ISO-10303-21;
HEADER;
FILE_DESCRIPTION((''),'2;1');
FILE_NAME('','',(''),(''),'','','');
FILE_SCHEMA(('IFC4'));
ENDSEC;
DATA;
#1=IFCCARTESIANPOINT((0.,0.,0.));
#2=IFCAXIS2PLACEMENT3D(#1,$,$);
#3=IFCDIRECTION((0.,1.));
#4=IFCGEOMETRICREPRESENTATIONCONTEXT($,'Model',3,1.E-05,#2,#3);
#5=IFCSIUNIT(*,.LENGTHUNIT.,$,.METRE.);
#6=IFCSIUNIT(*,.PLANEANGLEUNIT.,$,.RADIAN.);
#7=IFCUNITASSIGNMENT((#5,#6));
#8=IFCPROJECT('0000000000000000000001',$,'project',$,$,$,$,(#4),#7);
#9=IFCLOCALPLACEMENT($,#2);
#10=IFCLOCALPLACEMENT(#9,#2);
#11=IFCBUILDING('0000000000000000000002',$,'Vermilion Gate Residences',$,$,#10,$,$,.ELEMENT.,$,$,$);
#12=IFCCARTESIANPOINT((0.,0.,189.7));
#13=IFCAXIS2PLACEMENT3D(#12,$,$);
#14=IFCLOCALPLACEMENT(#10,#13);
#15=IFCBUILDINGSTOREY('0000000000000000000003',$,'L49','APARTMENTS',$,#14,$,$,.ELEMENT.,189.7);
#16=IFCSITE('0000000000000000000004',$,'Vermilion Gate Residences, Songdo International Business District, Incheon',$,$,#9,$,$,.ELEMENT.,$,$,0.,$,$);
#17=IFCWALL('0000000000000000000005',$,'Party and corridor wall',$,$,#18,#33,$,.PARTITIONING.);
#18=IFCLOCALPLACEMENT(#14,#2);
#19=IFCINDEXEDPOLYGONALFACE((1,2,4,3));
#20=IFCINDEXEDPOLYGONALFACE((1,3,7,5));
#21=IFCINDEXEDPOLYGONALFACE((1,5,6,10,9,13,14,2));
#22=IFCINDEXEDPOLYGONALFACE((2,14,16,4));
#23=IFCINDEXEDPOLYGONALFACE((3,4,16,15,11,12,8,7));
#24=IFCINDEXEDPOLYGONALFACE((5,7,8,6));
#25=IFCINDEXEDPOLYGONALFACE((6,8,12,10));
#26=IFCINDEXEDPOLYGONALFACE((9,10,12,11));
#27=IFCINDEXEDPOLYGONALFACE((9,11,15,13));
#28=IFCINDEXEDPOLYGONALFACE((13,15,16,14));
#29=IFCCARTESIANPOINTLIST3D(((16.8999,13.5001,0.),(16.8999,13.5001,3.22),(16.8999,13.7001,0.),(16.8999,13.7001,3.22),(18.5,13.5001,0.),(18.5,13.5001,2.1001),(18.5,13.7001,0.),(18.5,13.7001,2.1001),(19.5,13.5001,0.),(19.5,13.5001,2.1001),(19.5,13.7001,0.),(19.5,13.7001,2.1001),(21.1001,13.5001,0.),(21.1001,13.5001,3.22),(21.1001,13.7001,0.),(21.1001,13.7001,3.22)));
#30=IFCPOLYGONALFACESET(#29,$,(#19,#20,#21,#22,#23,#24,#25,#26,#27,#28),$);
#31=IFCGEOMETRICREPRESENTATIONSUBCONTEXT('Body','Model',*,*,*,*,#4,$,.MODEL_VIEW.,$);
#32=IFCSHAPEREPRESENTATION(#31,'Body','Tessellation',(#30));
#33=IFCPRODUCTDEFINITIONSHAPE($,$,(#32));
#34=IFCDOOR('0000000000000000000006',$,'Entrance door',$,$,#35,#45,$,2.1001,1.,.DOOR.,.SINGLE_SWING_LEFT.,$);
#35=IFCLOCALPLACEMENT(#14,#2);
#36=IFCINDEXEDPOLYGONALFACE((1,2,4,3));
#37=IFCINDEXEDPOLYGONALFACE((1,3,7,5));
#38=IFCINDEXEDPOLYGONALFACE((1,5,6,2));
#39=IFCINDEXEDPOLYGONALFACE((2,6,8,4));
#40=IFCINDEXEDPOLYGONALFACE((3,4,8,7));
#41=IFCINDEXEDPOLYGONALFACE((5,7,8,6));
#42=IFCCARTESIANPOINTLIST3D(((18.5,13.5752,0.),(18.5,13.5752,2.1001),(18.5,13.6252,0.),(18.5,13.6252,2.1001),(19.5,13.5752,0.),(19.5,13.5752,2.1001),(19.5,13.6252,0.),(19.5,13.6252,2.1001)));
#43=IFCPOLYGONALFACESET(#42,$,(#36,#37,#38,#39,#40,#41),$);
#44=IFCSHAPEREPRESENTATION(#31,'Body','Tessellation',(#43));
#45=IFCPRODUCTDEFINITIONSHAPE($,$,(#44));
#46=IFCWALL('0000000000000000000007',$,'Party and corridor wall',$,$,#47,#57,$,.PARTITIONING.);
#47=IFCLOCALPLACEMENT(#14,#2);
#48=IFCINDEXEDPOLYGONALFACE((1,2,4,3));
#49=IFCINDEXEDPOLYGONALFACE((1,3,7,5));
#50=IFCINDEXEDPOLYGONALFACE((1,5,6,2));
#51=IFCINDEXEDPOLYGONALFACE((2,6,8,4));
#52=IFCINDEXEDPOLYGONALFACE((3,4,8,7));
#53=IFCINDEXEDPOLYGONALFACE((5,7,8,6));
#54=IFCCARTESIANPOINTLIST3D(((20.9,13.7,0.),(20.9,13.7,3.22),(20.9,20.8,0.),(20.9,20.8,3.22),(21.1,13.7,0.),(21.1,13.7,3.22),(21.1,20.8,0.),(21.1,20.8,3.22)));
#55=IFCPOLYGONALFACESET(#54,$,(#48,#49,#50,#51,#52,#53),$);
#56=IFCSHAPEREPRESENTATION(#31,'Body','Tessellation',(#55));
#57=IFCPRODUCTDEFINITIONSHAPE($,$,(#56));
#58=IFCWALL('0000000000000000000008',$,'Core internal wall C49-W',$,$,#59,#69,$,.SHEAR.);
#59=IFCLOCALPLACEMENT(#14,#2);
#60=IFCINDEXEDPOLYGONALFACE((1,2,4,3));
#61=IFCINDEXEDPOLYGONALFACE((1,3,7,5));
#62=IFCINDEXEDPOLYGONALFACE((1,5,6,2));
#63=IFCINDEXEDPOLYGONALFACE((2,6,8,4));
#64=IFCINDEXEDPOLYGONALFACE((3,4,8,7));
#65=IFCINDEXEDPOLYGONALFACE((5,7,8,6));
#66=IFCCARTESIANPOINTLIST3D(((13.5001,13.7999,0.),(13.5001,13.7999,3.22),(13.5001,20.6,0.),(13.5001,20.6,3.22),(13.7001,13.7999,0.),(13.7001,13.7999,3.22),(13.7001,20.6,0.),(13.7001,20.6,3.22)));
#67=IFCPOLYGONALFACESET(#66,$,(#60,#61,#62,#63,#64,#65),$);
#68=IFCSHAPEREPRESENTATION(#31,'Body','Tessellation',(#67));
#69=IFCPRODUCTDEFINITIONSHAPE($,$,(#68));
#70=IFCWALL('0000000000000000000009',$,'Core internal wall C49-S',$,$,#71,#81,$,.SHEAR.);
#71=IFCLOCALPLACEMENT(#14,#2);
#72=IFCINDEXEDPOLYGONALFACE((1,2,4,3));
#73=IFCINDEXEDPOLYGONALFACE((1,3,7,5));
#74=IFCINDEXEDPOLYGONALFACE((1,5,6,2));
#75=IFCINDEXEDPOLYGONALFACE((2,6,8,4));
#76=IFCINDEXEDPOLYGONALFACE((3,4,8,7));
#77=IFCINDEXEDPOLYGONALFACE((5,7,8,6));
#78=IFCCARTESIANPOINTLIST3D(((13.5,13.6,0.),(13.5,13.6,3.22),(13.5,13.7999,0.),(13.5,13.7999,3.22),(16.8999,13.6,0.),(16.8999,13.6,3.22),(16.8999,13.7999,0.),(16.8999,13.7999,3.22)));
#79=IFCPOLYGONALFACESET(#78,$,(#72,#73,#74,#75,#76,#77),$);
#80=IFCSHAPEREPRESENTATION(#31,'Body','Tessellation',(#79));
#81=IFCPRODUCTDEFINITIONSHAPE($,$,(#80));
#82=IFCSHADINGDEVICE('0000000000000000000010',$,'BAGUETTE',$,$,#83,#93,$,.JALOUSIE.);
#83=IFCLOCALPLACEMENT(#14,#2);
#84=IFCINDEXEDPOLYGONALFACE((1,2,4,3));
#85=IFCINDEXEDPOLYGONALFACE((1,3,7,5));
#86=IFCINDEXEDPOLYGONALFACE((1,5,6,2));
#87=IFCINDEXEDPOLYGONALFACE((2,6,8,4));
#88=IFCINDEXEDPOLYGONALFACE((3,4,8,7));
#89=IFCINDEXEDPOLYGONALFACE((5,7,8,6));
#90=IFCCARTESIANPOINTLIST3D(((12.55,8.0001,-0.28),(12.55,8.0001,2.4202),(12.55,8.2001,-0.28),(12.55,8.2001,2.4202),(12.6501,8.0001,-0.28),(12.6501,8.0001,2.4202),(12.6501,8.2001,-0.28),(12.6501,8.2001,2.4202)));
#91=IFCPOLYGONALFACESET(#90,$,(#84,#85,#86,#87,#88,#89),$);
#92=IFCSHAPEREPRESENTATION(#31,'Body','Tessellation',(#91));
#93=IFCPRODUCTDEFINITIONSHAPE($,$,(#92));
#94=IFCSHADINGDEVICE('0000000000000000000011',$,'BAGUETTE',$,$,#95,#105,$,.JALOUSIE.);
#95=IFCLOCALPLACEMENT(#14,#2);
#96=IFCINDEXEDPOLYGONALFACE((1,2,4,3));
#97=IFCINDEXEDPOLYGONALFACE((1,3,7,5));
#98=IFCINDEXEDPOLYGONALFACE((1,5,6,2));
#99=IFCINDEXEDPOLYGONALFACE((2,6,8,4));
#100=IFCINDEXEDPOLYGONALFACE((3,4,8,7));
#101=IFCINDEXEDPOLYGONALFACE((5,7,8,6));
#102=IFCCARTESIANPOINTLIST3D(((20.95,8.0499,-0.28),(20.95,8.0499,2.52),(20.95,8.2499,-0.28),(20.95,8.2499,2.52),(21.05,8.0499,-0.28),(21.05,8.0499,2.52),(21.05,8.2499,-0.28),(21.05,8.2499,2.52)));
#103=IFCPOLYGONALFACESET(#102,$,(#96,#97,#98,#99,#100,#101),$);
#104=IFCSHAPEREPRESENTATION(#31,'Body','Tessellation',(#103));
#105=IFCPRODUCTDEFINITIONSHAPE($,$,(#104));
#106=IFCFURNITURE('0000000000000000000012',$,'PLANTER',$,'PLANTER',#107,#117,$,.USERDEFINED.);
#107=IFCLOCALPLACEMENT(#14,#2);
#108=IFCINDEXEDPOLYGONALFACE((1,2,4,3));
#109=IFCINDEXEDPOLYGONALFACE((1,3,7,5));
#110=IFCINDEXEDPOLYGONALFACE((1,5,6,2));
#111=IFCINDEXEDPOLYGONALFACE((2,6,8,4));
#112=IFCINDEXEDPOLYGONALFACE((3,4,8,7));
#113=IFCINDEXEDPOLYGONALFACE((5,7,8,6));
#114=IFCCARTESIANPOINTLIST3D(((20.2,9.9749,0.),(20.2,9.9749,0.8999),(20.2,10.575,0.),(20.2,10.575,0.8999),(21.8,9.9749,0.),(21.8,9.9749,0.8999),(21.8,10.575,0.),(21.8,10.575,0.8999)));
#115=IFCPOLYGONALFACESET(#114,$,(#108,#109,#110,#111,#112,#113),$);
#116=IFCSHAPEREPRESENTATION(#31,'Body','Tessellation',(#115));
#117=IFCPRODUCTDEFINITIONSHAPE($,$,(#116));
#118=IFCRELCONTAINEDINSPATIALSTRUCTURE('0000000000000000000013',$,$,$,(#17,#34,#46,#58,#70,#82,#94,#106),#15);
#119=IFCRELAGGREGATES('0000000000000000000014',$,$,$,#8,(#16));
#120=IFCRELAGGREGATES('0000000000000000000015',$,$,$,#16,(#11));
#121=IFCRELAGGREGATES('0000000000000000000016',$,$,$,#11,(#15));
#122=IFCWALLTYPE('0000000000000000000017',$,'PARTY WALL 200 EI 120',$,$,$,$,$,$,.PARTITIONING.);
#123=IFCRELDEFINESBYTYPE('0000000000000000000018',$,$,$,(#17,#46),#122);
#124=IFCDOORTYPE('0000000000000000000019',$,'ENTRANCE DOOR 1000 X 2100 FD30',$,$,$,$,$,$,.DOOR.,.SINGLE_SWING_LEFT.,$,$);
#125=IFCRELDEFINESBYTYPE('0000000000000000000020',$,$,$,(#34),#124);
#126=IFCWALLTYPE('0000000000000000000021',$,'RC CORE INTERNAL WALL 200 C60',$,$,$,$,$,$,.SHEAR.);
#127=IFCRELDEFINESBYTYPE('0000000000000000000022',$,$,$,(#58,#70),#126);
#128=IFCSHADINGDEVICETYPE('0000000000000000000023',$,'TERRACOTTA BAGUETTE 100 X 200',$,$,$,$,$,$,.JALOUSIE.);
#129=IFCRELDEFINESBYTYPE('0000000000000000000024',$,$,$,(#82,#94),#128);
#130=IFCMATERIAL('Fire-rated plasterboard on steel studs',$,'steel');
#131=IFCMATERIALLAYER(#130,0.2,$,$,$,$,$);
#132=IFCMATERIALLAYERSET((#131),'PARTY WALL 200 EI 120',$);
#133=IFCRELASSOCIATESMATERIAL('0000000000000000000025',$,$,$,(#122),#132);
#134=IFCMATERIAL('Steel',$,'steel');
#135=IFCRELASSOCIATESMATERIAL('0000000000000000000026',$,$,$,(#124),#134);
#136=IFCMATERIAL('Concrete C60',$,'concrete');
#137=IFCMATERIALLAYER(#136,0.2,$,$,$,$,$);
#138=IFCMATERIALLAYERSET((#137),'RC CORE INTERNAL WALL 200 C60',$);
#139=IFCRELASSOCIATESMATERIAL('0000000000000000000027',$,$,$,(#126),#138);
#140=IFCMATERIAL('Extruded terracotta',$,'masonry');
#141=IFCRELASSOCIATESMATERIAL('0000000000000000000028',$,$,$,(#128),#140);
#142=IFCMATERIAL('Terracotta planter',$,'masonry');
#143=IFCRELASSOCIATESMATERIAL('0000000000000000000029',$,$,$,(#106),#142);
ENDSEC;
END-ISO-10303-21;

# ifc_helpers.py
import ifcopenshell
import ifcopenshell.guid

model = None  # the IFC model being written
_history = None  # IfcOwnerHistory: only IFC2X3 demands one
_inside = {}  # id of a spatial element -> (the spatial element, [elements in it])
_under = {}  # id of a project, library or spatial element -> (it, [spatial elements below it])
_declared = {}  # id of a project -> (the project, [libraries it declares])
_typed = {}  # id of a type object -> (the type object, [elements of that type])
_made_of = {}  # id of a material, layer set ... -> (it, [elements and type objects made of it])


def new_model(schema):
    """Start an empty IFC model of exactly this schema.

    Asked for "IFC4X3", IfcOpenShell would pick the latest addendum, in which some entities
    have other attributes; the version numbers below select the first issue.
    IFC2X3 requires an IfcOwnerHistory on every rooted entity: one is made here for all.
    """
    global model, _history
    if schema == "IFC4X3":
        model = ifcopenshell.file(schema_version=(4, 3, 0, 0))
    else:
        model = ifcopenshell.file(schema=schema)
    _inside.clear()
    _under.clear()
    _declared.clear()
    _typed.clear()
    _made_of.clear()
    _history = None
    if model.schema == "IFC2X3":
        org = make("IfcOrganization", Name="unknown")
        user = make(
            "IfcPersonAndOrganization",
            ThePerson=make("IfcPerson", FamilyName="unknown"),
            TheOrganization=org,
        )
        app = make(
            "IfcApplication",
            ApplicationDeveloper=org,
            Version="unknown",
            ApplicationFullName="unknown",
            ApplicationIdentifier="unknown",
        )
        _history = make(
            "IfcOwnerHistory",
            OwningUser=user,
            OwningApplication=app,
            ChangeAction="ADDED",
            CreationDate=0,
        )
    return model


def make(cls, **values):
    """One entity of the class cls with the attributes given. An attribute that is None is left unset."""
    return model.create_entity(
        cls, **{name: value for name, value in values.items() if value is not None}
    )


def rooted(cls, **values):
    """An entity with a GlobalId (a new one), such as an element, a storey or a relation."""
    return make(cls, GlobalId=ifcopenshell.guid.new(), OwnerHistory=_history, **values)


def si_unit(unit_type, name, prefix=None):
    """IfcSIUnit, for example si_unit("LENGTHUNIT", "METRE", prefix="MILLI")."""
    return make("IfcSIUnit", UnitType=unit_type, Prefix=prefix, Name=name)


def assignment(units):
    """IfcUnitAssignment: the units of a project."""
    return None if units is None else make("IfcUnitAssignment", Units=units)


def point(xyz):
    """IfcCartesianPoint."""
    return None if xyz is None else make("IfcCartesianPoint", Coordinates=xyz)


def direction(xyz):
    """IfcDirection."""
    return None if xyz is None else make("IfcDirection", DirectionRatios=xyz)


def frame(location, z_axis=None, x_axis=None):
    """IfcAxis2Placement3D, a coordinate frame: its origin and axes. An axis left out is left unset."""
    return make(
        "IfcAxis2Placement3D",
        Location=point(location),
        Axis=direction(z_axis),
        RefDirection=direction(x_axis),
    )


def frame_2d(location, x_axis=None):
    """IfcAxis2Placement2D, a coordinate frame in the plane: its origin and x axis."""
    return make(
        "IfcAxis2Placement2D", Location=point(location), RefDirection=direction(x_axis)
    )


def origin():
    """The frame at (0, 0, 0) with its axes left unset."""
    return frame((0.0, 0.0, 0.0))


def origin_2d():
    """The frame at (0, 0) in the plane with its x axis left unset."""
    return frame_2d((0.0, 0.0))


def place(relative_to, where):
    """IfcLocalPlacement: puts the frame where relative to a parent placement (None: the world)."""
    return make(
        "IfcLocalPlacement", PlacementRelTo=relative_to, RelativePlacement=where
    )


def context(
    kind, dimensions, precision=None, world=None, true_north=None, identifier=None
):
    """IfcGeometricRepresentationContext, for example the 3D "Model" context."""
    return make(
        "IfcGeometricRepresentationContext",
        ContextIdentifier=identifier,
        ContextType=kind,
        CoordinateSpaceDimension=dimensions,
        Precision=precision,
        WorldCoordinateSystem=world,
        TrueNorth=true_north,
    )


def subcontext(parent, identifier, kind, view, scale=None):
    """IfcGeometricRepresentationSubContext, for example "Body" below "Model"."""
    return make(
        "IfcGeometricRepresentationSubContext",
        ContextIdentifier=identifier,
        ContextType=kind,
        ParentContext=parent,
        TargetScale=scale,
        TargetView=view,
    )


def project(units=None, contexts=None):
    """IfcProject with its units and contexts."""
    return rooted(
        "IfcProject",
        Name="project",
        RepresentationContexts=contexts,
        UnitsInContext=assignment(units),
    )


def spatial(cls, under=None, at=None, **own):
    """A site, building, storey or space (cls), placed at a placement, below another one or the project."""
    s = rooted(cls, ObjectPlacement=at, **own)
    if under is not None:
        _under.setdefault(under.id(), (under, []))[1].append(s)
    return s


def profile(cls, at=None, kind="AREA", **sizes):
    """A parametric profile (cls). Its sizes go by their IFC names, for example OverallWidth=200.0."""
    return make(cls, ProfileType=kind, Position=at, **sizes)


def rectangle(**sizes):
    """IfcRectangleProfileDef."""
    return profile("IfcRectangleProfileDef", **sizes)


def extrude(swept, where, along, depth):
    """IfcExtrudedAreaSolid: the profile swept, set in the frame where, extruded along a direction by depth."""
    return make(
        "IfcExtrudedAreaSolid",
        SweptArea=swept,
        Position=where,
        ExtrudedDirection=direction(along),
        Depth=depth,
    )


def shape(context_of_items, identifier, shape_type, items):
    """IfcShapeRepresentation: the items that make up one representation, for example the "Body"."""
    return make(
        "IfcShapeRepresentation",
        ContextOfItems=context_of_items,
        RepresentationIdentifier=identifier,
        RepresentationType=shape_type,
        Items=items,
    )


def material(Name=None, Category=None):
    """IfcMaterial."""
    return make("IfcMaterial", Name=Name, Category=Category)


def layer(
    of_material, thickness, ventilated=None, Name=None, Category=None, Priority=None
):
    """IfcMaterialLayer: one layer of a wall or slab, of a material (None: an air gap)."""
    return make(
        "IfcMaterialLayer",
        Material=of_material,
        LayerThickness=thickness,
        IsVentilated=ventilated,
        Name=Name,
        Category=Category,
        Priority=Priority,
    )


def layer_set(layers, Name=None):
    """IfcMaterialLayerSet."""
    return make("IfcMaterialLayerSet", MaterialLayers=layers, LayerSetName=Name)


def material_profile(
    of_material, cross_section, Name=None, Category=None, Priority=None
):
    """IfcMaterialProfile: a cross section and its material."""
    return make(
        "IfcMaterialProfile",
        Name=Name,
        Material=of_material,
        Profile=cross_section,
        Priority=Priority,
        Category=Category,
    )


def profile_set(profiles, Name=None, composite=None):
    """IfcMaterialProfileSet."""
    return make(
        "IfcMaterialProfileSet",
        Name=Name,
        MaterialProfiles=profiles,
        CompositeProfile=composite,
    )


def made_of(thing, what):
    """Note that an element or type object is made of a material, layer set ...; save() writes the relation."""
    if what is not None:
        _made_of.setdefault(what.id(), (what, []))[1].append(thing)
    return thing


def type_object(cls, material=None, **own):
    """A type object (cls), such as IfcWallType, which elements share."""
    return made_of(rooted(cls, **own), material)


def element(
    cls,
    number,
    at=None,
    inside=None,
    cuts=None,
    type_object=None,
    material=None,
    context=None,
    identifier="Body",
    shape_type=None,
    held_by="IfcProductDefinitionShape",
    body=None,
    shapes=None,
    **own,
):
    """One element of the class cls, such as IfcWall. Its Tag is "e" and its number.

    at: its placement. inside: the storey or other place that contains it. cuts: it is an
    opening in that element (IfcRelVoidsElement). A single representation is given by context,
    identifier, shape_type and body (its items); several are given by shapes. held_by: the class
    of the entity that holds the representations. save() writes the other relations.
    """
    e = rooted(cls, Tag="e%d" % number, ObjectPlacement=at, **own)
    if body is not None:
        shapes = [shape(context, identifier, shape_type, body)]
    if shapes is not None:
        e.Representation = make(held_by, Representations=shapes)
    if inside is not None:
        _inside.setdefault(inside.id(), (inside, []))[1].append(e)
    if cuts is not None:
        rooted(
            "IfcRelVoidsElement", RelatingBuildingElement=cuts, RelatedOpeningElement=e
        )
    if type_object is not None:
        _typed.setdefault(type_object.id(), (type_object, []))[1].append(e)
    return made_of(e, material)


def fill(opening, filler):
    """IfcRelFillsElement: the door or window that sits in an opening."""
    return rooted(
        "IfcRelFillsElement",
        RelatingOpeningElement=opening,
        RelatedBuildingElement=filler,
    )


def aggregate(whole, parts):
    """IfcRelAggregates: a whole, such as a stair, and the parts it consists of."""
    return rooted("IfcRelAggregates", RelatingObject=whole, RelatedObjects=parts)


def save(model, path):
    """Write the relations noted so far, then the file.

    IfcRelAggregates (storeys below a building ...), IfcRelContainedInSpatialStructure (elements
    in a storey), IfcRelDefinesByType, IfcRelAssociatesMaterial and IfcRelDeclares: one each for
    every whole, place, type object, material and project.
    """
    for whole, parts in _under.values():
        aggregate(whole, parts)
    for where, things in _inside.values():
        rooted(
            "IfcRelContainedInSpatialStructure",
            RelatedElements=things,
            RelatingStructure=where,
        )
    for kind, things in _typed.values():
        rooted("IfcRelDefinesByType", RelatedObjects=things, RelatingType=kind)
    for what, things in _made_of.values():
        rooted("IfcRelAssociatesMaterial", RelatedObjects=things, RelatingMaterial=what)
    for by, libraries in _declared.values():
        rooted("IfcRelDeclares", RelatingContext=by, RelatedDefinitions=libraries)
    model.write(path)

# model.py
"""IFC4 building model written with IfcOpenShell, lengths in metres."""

from ifc_helpers import new_model, si_unit, direction, frame, frame_2d, origin, origin_2d, place, context, subcontext, project, spatial, rectangle, extrude, material, layer, layer_set, material_profile, profile_set, type_object, element, fill, save


model = new_model("IFC4")

# Units and contexts
model_context = context("Model", 3, precision=1e-05, world=origin(), true_north=direction((0.0, 1.0)))
body_context = subcontext(model_context, "Body", "Model", "MODEL_VIEW")
ifc_project = project(units=[si_unit("LENGTHUNIT", "METRE"), si_unit("PLANEANGLEUNIT", "RADIAN")], contexts=[model_context])

# Site, building, storey
site_placement = place(None, origin())
site = spatial("IfcSite", under=ifc_project, at=site_placement, Name="Vermilion Gate Residences, Songdo International Business District, Incheon", CompositionType="ELEMENT", RefElevation=0.0)
building_placement = place(site_placement, origin())
building = spatial("IfcBuilding", under=site, at=building_placement, Name="Vermilion Gate Residences", CompositionType="ELEMENT")
storey_placement = place(building_placement, frame((0.0, 0.0, 189.7)))
storey = spatial("IfcBuildingStorey", under=building, at=storey_placement, Name="L49", Description="APARTMENTS", CompositionType="ELEMENT", Elevation=189.7)

# Wall, opening, door
ifc_material_1 = material(Name="Fire-rated plasterboard on steel studs", Category="steel")
ifc_layer_1 = layer(ifc_material_1, 0.2)
ifc_layer_set_1 = layer_set([ifc_layer_1], Name="PARTY WALL 200 EI 120")
wall_type_1 = type_object("IfcWallType", Name="PARTY WALL 200 EI 120", PredefinedType="PARTITIONING", material=ifc_layer_set_1)
wall_1_placement = place(storey_placement, frame((16.8999, 13.6001, 0.0), z_axis=(0.0, 0.0, 1.0), x_axis=(1.0, 0.0, 0.0)))
wall_1 = element("IfcWall", 1, at=wall_1_placement, inside=storey, type_object=wall_type_1, Name="Party and corridor wall", PredefinedType="PARTITIONING", context=body_context, shape_type="SweptSolid", body=[
    extrude(rectangle(XDim=4.2002, YDim=0.2, at=frame_2d((2.1001, 0.0))), origin(), (0.0, 0.0, 1.0), 3.22),
])
opening_1_placement = place(wall_1_placement, frame((1.6001, 0.0, 0.0)))
opening_1 = element("IfcOpeningElement", 2, at=opening_1_placement, cuts=wall_1, PredefinedType="OPENING", context=body_context, shape_type="SweptSolid", body=[
    extrude(rectangle(XDim=1.0, YDim=2.1001, at=frame_2d((0.5, 1.05))), frame((0.0, 0.1099, 0.0), z_axis=(0.0, -1.0, 0.0), x_axis=(1.0, 0.0, 0.0)), (0.0, 0.0, 1.0), 0.22),
])
ifc_material_2 = material(Name="Steel", Category="steel")
door_type_1 = type_object("IfcDoorType", Name="ENTRANCE DOOR 1000 X 2100 FD30", OperationType="SINGLE_SWING_LEFT", PredefinedType="DOOR", material=ifc_material_2)
door_1_placement = place(opening_1_placement, frame((1.0, 0.0, 0.0), z_axis=(0.0, 0.0, 1.0), x_axis=(-1.0, 0.0, 0.0)))
door_1 = element("IfcDoor", 3, at=door_1_placement, inside=storey, type_object=door_type_1, Name="Entrance door", OperationType="SINGLE_SWING_LEFT", OverallHeight=2.1001, OverallWidth=1.0, PredefinedType="DOOR", context=body_context, shape_type="SweptSolid", body=[
    extrude(rectangle(XDim=1.0, YDim=2.1001, at=frame_2d((0.5, 1.05))), frame((0.0, 0.0249, 0.0), z_axis=(0.0, -1.0, 0.0), x_axis=(1.0, 0.0, 0.0)), (0.0, 0.0, 1.0), 0.05),
])
fill(opening_1, door_1)

# Walls
wall_2_placement = place(storey_placement, frame((21.0, 13.7, 0.0), z_axis=(0.0, 0.0, 1.0), x_axis=(0.0, 1.0, 0.0)))
element("IfcWall", 4, at=wall_2_placement, inside=storey, type_object=wall_type_1, Name="Party and corridor wall", PredefinedType="PARTITIONING", context=body_context, shape_type="SweptSolid", body=[
    extrude(rectangle(XDim=7.1001, YDim=0.2, at=frame_2d((3.55, 0.0))), origin(), (0.0, 0.0, 1.0), 3.22),
])
ifc_material_3 = material(Name="Concrete C60", Category="concrete")
ifc_layer_2 = layer(ifc_material_3, 0.2)
ifc_layer_set_2 = layer_set([ifc_layer_2], Name="RC CORE INTERNAL WALL 200 C60")
wall_type_2 = type_object("IfcWallType", Name="RC CORE INTERNAL WALL 200 C60", PredefinedType="SHEAR", material=ifc_layer_set_2)
wall_3_placement = place(storey_placement, frame((13.6001, 13.8, 0.0), z_axis=(0.0, 0.0, 1.0), x_axis=(0.0, 1.0, 0.0)))
element("IfcWall", 5, at=wall_3_placement, inside=storey, type_object=wall_type_2, Name="Core internal wall C49-W", PredefinedType="SHEAR", context=body_context, shape_type="SweptSolid", body=[
    extrude(rectangle(XDim=6.8, YDim=0.2, at=frame_2d((3.3999, 0.0))), origin(), (0.0, 0.0, 1.0), 3.22),
])
wall_4_placement = place(storey_placement, frame((13.5, 13.7, 0.0), z_axis=(0.0, 0.0, 1.0), x_axis=(1.0, 0.0, 0.0)))
element("IfcWall", 6, at=wall_4_placement, inside=storey, type_object=wall_type_2, Name="Core internal wall C49-S", PredefinedType="SHEAR", context=body_context, shape_type="SweptSolid", body=[
    extrude(rectangle(XDim=3.3999, YDim=0.2, at=frame_2d((1.7, 0.0))), origin(), (0.0, 0.0, 1.0), 3.22),
])

# Shading devices
ifc_material_4 = material(Name="Extruded terracotta", Category="masonry")
ifc_material_profile_1 = material_profile(ifc_material_4, rectangle(XDim=0.2, YDim=0.1001, at=origin_2d()), Name="BAGUETTE 100 X 200")
ifc_profile_set_1 = profile_set([ifc_material_profile_1], Name="Extruded terracotta")
shading_device_type = type_object("IfcShadingDeviceType", Name="TERRACOTTA BAGUETTE 100 X 200", PredefinedType="JALOUSIE", material=ifc_profile_set_1)
shading_device_1_placement = place(storey_placement, frame((12.6001, 8.1001, -0.28), z_axis=(0.0, 0.0, 1.0), x_axis=(0.0, 1.0, 0.0)))
element("IfcShadingDevice", 7, at=shading_device_1_placement, inside=storey, type_object=shading_device_type, Name="BAGUETTE", PredefinedType="JALOUSIE", context=body_context, shape_type="SweptSolid", body=[
    extrude(rectangle(XDim=0.2, YDim=0.1001, at=origin_2d()), origin(), (0.0, 0.0, 1.0), 2.7002),
])
shading_device_2_placement = place(storey_placement, frame((21.0, 8.1499, -0.28), z_axis=(0.0, 0.0, 1.0), x_axis=(0.0, 1.0, 0.0)))
element("IfcShadingDevice", 8, at=shading_device_2_placement, inside=storey, type_object=shading_device_type, Name="BAGUETTE", PredefinedType="JALOUSIE", context=body_context, shape_type="SweptSolid", body=[
    extrude(rectangle(XDim=0.2, YDim=0.1001, at=origin_2d()), origin(), (0.0, 0.0, 1.0), 2.8),
])

# Furniture
ifc_material_5 = material(Name="Terracotta planter", Category="masonry")
furniture_placement = place(storey_placement, frame((21.0, 10.2749, 0.0), z_axis=(0.0, 0.0, 1.0), x_axis=(1.0, 0.0, 0.0)))
element("IfcFurniture", 9, at=furniture_placement, inside=storey, material=ifc_material_5, Name="PLANTER", ObjectType="PLANTER", PredefinedType="USERDEFINED", context=body_context, shape_type="SweptSolid", body=[
    extrude(rectangle(XDim=1.6001, YDim=0.6001, at=origin_2d()), origin(), (0.0, 0.0, 1.0), 0.8999),
])

save(model, "model.ifc")
